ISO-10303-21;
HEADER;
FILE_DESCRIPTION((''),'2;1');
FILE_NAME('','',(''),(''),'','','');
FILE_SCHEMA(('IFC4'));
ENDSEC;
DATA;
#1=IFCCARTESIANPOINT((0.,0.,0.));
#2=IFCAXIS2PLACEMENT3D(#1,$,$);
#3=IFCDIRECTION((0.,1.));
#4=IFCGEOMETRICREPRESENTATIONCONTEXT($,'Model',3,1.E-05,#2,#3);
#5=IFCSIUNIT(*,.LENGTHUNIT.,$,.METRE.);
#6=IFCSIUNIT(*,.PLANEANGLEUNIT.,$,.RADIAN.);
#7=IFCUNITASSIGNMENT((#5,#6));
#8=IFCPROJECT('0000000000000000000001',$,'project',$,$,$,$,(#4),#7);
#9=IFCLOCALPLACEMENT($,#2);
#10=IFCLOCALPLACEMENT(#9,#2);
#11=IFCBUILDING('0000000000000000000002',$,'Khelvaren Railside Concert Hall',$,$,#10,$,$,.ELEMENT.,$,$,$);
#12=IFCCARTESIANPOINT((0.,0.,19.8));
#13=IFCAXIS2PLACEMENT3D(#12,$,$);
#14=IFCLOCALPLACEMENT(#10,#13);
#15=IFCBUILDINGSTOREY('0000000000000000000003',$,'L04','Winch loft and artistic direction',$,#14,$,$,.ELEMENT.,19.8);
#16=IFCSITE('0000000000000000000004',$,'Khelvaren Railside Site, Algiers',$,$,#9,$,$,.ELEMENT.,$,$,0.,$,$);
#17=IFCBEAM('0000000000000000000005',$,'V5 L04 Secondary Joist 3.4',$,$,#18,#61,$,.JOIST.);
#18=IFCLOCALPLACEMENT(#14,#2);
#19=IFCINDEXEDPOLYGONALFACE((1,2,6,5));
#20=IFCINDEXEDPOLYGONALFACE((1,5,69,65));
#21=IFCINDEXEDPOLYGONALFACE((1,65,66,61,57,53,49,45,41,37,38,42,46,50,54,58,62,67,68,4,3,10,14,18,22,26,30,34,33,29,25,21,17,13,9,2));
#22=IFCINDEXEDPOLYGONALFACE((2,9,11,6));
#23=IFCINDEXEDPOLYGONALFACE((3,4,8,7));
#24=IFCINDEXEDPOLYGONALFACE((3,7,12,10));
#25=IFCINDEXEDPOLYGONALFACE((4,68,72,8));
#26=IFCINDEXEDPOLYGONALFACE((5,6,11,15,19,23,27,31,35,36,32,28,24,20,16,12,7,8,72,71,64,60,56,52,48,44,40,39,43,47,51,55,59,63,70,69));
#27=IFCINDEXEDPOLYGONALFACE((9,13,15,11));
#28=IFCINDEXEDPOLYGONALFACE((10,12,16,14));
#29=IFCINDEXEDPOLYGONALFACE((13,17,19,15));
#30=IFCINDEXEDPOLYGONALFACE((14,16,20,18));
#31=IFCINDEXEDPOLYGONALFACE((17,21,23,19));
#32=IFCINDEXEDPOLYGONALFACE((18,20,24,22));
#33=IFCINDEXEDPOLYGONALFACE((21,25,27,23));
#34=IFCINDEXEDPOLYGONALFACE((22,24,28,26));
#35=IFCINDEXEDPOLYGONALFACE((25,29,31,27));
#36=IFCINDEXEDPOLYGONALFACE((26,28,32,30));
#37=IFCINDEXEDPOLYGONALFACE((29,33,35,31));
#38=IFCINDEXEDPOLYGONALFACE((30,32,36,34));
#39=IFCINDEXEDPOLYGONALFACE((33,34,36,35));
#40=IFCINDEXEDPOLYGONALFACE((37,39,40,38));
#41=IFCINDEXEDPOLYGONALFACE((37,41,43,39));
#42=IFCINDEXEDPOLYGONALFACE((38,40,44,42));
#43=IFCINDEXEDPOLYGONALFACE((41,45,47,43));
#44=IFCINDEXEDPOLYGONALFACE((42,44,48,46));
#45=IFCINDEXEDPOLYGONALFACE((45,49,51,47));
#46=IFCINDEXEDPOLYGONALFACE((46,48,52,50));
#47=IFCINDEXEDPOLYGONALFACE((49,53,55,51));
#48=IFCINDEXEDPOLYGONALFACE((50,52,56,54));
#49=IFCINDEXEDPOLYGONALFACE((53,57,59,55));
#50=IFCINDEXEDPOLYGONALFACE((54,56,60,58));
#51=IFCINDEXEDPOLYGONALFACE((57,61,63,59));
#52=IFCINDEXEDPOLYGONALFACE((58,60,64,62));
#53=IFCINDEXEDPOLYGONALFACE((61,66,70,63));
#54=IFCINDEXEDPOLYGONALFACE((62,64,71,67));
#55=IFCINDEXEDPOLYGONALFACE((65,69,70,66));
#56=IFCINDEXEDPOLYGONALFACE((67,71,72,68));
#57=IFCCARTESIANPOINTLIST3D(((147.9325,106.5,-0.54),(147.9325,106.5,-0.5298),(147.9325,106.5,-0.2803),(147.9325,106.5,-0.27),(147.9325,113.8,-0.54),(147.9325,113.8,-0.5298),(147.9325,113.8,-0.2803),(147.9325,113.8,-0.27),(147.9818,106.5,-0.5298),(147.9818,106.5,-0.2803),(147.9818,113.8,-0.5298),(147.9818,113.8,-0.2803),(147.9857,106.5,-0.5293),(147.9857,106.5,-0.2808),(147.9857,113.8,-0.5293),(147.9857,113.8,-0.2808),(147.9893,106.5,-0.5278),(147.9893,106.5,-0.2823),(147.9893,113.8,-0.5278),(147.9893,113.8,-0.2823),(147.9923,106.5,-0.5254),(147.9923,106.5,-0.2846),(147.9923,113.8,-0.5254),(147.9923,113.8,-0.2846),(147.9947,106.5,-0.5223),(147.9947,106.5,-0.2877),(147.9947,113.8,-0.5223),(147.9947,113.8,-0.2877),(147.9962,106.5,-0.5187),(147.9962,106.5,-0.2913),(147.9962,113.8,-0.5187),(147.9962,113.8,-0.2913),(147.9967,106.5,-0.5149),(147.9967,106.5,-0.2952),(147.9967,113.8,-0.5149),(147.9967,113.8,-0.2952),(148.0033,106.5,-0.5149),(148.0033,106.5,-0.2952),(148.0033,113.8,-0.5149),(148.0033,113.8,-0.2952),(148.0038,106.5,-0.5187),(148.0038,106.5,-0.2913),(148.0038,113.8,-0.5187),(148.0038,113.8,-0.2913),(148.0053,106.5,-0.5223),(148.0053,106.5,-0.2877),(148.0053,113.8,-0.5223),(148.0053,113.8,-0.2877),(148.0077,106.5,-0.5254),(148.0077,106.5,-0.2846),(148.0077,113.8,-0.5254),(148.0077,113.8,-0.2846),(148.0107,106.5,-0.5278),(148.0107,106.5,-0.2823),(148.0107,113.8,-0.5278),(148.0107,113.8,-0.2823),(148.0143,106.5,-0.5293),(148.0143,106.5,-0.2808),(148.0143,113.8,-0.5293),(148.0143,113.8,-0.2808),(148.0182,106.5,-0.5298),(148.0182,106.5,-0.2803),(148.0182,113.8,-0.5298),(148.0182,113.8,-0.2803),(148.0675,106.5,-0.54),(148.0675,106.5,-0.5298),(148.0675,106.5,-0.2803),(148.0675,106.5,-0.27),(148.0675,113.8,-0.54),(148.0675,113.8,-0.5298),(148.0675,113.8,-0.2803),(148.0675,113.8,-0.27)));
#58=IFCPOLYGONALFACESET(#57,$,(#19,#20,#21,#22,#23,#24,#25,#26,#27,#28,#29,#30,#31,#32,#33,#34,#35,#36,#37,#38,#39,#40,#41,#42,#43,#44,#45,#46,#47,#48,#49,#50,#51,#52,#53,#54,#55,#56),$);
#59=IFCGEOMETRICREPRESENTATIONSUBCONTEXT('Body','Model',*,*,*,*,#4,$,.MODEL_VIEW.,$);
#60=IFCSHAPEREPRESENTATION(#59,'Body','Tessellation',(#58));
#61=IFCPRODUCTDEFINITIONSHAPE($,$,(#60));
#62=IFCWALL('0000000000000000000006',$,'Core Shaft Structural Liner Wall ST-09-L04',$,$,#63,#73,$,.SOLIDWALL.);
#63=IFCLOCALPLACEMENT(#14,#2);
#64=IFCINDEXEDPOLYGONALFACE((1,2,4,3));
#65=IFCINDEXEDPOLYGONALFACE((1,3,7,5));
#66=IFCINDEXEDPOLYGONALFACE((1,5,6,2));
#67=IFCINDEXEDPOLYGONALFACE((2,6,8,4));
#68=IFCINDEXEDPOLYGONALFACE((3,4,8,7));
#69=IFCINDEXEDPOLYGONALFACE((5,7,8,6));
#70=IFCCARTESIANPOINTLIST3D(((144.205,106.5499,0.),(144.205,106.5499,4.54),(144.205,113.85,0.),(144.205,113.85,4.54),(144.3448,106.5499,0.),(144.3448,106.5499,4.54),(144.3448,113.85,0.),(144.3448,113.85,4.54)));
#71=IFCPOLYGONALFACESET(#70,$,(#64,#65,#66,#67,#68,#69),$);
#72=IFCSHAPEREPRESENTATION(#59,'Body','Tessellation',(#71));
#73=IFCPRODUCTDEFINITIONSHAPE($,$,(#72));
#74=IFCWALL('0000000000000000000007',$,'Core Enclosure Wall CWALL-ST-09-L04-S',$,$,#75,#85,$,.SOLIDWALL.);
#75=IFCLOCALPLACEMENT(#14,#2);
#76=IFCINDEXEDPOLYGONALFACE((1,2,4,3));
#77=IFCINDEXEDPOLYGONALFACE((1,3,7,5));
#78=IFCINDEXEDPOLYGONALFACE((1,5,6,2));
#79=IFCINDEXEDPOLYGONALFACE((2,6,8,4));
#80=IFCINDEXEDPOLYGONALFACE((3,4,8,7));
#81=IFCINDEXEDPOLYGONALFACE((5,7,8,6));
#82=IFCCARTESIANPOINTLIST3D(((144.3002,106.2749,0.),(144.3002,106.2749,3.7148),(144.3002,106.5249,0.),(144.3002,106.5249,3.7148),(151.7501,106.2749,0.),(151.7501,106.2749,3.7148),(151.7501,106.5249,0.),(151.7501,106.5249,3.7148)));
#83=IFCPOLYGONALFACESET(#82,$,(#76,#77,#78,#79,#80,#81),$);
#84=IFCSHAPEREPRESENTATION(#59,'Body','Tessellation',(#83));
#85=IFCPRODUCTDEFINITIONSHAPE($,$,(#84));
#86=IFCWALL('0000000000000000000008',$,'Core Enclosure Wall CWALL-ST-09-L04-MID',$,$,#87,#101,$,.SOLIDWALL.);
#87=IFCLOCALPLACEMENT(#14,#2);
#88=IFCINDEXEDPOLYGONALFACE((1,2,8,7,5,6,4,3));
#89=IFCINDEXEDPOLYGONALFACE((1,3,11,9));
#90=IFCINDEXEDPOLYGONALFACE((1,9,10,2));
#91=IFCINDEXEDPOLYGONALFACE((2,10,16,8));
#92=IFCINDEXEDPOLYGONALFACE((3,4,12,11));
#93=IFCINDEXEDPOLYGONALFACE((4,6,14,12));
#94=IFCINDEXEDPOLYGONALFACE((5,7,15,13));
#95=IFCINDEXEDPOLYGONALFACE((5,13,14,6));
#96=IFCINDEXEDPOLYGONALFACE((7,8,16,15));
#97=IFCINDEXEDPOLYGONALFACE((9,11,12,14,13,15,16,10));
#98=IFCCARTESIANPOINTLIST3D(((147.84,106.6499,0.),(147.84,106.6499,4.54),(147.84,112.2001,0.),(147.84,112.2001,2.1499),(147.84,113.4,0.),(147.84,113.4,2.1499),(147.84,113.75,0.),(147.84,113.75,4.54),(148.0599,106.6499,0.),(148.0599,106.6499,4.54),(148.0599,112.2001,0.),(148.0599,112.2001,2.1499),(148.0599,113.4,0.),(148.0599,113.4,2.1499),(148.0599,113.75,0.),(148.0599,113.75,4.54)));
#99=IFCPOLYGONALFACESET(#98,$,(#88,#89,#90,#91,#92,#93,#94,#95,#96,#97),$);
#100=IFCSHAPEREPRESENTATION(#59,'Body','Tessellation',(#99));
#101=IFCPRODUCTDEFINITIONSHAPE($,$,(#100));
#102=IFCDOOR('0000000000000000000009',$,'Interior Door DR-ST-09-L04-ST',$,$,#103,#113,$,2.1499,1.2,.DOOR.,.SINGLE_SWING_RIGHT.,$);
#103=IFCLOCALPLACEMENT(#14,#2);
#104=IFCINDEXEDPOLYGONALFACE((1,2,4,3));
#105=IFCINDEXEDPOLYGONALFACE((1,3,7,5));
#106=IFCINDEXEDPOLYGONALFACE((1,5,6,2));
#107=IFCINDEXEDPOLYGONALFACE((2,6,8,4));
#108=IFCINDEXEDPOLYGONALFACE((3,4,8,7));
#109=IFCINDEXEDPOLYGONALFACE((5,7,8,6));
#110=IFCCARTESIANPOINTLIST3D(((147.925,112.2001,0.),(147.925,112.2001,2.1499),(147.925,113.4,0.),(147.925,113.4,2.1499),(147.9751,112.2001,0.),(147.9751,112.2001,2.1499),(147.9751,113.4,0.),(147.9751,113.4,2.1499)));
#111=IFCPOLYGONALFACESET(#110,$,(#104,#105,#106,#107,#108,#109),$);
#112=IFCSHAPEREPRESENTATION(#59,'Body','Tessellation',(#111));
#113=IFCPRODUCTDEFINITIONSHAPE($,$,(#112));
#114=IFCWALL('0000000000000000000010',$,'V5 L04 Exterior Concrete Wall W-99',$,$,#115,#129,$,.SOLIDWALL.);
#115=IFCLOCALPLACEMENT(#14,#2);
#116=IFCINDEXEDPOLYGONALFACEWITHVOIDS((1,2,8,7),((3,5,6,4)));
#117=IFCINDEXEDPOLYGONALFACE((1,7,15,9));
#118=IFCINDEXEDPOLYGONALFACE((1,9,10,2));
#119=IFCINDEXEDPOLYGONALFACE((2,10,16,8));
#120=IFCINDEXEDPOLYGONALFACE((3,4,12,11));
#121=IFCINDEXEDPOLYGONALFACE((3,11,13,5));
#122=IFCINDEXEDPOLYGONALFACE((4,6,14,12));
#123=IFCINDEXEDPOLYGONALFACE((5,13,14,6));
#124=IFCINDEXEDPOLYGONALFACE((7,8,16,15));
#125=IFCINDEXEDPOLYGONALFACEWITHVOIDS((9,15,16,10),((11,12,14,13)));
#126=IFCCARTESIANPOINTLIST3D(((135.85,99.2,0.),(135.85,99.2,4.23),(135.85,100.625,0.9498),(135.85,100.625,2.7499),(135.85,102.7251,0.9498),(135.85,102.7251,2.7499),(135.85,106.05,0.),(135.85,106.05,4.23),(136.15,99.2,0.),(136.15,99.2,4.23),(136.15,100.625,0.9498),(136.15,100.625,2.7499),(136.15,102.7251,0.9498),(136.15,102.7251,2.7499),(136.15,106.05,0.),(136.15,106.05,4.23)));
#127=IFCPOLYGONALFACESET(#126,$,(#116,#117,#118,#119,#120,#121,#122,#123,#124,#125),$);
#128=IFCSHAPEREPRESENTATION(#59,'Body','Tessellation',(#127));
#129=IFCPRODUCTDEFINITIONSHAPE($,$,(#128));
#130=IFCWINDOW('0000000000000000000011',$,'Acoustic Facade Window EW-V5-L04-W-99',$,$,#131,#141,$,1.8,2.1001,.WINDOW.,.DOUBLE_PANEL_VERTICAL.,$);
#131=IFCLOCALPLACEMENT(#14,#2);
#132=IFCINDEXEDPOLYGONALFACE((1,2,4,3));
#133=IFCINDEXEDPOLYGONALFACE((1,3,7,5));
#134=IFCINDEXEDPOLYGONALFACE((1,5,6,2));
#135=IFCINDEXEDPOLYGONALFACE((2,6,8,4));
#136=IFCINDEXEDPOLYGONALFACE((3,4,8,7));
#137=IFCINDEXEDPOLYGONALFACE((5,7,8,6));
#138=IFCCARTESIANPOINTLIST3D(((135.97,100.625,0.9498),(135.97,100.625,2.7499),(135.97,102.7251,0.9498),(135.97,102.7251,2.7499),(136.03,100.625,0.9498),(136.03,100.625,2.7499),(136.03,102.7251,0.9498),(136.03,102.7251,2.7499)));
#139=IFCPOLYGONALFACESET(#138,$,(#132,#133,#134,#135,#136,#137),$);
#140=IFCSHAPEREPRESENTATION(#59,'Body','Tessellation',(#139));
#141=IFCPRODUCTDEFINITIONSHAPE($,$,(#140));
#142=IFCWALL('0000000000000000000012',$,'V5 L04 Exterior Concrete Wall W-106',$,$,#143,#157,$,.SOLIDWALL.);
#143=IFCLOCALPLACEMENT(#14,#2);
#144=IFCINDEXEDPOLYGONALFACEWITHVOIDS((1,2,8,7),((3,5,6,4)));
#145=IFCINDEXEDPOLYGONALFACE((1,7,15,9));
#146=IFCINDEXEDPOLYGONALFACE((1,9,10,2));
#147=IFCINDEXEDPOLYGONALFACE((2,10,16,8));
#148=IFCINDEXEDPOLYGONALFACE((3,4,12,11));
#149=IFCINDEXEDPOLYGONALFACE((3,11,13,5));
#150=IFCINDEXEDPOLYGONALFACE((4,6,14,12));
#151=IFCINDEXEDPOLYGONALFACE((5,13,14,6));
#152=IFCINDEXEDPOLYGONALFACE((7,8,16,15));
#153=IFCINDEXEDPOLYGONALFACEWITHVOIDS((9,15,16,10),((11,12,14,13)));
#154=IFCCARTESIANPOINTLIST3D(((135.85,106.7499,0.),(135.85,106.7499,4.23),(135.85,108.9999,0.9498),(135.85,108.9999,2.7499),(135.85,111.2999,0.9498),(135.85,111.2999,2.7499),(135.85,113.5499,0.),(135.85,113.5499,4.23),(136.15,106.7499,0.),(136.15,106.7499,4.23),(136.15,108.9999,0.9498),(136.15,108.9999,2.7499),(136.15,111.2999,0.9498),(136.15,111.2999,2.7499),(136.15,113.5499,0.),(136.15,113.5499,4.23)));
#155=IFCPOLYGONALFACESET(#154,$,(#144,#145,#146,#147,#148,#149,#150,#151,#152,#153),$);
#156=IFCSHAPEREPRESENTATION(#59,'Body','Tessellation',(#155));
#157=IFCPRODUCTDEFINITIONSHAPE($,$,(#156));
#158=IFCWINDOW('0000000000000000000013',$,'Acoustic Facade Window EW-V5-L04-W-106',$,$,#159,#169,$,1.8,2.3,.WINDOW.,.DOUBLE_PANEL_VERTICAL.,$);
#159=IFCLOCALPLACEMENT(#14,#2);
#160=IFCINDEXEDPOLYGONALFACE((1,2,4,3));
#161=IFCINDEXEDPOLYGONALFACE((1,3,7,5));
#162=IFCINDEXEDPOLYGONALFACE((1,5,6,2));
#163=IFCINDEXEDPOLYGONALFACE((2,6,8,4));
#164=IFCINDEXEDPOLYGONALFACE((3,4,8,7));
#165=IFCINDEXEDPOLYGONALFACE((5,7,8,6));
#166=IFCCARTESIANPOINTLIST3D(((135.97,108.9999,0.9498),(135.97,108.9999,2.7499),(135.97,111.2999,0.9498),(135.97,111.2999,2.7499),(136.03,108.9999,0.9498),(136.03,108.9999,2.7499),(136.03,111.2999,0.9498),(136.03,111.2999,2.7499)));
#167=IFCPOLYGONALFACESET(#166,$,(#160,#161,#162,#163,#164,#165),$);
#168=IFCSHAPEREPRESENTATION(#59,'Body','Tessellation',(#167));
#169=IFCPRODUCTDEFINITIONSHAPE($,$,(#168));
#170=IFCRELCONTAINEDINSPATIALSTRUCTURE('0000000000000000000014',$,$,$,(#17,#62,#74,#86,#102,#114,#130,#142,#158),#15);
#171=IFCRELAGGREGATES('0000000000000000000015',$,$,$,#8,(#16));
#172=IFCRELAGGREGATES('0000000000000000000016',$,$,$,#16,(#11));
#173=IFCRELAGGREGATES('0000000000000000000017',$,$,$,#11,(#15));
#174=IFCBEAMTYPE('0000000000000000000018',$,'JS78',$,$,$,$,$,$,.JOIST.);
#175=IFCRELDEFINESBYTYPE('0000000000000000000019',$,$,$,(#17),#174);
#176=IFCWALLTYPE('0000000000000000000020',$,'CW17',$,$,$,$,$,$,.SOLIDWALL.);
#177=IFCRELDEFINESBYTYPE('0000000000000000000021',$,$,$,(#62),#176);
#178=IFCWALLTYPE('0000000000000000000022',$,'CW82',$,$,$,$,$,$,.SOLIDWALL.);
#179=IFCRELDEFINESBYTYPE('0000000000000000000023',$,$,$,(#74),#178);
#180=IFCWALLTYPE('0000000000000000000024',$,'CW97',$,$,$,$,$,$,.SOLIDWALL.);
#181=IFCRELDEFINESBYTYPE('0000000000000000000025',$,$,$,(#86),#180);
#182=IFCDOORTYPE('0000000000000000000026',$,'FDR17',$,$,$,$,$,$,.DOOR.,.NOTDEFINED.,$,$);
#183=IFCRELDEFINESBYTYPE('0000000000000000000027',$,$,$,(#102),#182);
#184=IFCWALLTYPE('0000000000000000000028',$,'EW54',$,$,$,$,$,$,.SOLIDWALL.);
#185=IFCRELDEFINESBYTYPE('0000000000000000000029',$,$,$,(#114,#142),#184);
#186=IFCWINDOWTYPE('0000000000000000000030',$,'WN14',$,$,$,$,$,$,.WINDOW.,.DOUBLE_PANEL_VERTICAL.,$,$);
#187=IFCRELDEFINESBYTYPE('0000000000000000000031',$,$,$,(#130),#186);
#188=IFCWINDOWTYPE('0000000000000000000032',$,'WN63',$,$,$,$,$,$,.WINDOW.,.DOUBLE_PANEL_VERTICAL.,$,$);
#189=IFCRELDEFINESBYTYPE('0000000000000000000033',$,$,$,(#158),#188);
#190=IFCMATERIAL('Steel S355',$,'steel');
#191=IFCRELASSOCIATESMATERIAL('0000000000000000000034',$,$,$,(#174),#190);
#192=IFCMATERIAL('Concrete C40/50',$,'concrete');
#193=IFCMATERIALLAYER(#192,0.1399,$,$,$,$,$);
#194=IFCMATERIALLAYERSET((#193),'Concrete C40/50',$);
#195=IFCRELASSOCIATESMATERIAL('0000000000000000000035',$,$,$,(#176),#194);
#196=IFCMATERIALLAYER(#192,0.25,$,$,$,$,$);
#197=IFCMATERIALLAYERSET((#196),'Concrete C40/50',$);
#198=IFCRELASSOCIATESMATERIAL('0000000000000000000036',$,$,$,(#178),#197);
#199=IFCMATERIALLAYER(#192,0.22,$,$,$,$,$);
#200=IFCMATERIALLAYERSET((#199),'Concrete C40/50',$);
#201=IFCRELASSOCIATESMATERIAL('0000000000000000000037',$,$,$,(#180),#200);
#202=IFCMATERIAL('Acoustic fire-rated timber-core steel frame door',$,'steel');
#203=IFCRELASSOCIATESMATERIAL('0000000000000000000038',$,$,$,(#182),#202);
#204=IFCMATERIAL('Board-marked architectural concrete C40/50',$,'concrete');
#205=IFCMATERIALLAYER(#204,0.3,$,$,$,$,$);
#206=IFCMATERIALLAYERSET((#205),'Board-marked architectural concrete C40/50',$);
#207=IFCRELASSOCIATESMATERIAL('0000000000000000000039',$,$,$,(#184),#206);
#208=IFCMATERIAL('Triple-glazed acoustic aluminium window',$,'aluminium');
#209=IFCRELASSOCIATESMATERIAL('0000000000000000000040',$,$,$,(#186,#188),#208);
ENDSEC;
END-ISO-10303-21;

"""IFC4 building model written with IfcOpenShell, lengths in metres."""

from ifc_helpers import new_model, si_unit, direction, frame, frame_2d, origin, origin_2d, place, context, subcontext, project, spatial, rectangle, i_section, extrude, material, layer, layer_set, material_profile, profile_set, type_object, element, fill, save


model = new_model("IFC4")

# Units and contexts
model_context = context("Model", 3, precision=1e-05, world=origin(), true_north=direction((0.0, 1.0)))
body_context = subcontext(model_context, "Body", "Model", "MODEL_VIEW")
ifc_project = project(units=[si_unit("LENGTHUNIT", "METRE"), si_unit("PLANEANGLEUNIT", "RADIAN")], contexts=[model_context])

# Site, building, storey
site_placement = place(None, origin())
site = spatial("IfcSite", under=ifc_project, at=site_placement, Name="Khelvaren Railside Site, Algiers", CompositionType="ELEMENT", RefElevation=0.0)
building_placement = place(site_placement, origin())
building = spatial("IfcBuilding", under=site, at=building_placement, Name="Khelvaren Railside Concert Hall", CompositionType="ELEMENT")
storey_placement = place(building_placement, frame((0.0, 0.0, 19.8)))
storey = spatial("IfcBuildingStorey", under=building, at=storey_placement, Name="L04", Description="Winch loft and artistic direction", CompositionType="ELEMENT", Elevation=19.8)

# Beam
ifc_material_1 = material(Name="Concrete C40/50", Category="concrete")
ifc_material_2 = material(Name="Steel S355", Category="steel")
ifc_material_profile_1 = material_profile(ifc_material_2, i_section(OverallWidth=0.135, OverallDepth=0.27, WebThickness=0.0066, FlangeThickness=0.0103, FilletRadius=0.0149, at=origin_2d()), Name="IPE 270")
ifc_profile_set_1 = profile_set([ifc_material_profile_1], Name="Steel S355")
beam_type_1 = type_object("IfcBeamType", Name="JS78", PredefinedType="JOIST", material=ifc_profile_set_1)
beam_1_placement = place(storey_placement, frame((148.0, 106.5, -0.405), z_axis=(0.0, 1.0, 0.0), x_axis=(-1.0, 0.0, 0.0)))
element("IfcBeam", 1, at=beam_1_placement, inside=storey, type_object=beam_type_1, Name="V5 L04 Secondary Joist 3.4", PredefinedType="JOIST", context=body_context, shape_type="SweptSolid", body=[
    extrude(i_section(OverallWidth=0.135, OverallDepth=0.27, WebThickness=0.0066, FlangeThickness=0.0103, FilletRadius=0.0149, at=origin_2d()), origin(), (0.0, 0.0, 1.0), 7.3),
])

# Walls
ifc_layer_1 = layer(ifc_material_1, 0.1399)
ifc_layer_set_1 = layer_set([ifc_layer_1], Name="Concrete C40/50")
wall_type_1 = type_object("IfcWallType", Name="CW17", PredefinedType="SOLIDWALL", material=ifc_layer_set_1)
wall_1_placement = place(storey_placement, frame((144.2749, 106.55, 0.0), z_axis=(0.0, 0.0, 1.0), x_axis=(0.0, 1.0, 0.0)))
element("IfcWall", 2, at=wall_1_placement, inside=storey, type_object=wall_type_1, Name="Core Shaft Structural Liner Wall ST-09-L04", PredefinedType="SOLIDWALL", context=body_context, shape_type="SweptSolid", body=[
    extrude(rectangle(XDim=7.3, YDim=0.1399, at=frame_2d((3.6499, 0.0))), origin(), (0.0, 0.0, 1.0), 4.54),
])
ifc_layer_2 = layer(ifc_material_1, 0.25)
ifc_layer_set_2 = layer_set([ifc_layer_2], Name="Concrete C40/50")
wall_type_2 = type_object("IfcWallType", Name="CW82", PredefinedType="SOLIDWALL", material=ifc_layer_set_2)
wall_2_placement = place(storey_placement, frame((144.3, 106.3999, 0.0), z_axis=(0.0, 0.0, 1.0), x_axis=(1.0, 0.0, 0.0)))
element("IfcWall", 3, at=wall_2_placement, inside=storey, type_object=wall_type_2, Name="Core Enclosure Wall CWALL-ST-09-L04-S", PredefinedType="SOLIDWALL", context=body_context, shape_type="SweptSolid", body=[
    extrude(rectangle(XDim=7.45, YDim=0.25, at=frame_2d((3.7251, 0.0))), origin(), (0.0, 0.0, 1.0), 3.7148),
])

# Wall, opening, door
ifc_layer_3 = layer(ifc_material_1, 0.22)
ifc_layer_set_3 = layer_set([ifc_layer_3], Name="Concrete C40/50")
wall_type_3 = type_object("IfcWallType", Name="CW97", PredefinedType="SOLIDWALL", material=ifc_layer_set_3)
wall_3_placement = place(storey_placement, frame((147.95, 106.6499, 0.0), z_axis=(0.0, 0.0, 1.0), x_axis=(0.0, 1.0, 0.0)))
wall_3 = element("IfcWall", 4, at=wall_3_placement, inside=storey, type_object=wall_type_3, Name="Core Enclosure Wall CWALL-ST-09-L04-MID", PredefinedType="SOLIDWALL", context=body_context, shape_type="SweptSolid", body=[
    extrude(rectangle(XDim=7.1001, YDim=0.22, at=frame_2d((3.55, 0.0))), origin(), (0.0, 0.0, 1.0), 4.54),
])
opening_1_placement = place(wall_3_placement, frame((5.55, 0.0, 0.0)))
opening_1 = element("IfcOpeningElement", 5, at=opening_1_placement, cuts=wall_3, PredefinedType="OPENING", context=body_context, shape_type="SweptSolid", body=[
    extrude(rectangle(XDim=1.2, YDim=2.1499, at=frame_2d((0.6001, 1.075))), frame((0.0, 0.1199, 0.0), z_axis=(0.0, -1.0, 0.0), x_axis=(1.0, 0.0, 0.0)), (0.0, 0.0, 1.0), 0.24),
])
ifc_material_3 = material(Name="Acoustic fire-rated timber-core steel frame door", Category="steel")
door_type_1 = type_object("IfcDoorType", Name="FDR17", OperationType="NOTDEFINED", PredefinedType="DOOR", material=ifc_material_3)
door_1_placement = place(opening_1_placement, origin())
door_1 = element("IfcDoor", 6, at=door_1_placement, inside=storey, type_object=door_type_1, Name="Interior Door DR-ST-09-L04-ST", OperationType="SINGLE_SWING_RIGHT", OverallHeight=2.1499, OverallWidth=1.2, PredefinedType="DOOR", context=body_context, shape_type="SweptSolid", body=[
    extrude(rectangle(XDim=1.2, YDim=2.1499, at=frame_2d((0.6001, 1.075))), frame((0.0, 0.0249, 0.0), z_axis=(0.0, -1.0, 0.0), x_axis=(1.0, 0.0, 0.0)), (0.0, 0.0, 1.0), 0.05),
])
fill(opening_1, door_1)

# Walls, openings, windows
ifc_material_4 = material(Name="Board-marked architectural concrete C40/50", Category="concrete")
ifc_layer_4 = layer(ifc_material_4, 0.3)
ifc_layer_set_4 = layer_set([ifc_layer_4], Name="Board-marked architectural concrete C40/50")
wall_type_4 = type_object("IfcWallType", Name="EW54", PredefinedType="SOLIDWALL", material=ifc_layer_set_4)
wall_4_placement = place(storey_placement, frame((136.0, 99.2, 0.0), z_axis=(0.0, 0.0, 1.0), x_axis=(0.0, 1.0, 0.0)))
wall_4 = element("IfcWall", 7, at=wall_4_placement, inside=storey, type_object=wall_type_4, Name="V5 L04 Exterior Concrete Wall W-99", PredefinedType="SOLIDWALL", context=body_context, shape_type="SweptSolid", body=[
    extrude(rectangle(XDim=6.8501, YDim=0.3, at=frame_2d((3.425, 0.0))), origin(), (0.0, 0.0, 1.0), 4.23),
])
opening_2_placement = place(wall_4_placement, frame((1.425, 0.0, 0.95)))
opening_2 = element("IfcOpeningElement", 8, at=opening_2_placement, cuts=wall_4, PredefinedType="OPENING", context=body_context, shape_type="SweptSolid", body=[
    extrude(rectangle(XDim=2.1001, YDim=1.8, at=frame_2d((1.05, 0.8999))), frame((0.0, 0.1599, 0.0), z_axis=(0.0, -1.0, 0.0), x_axis=(1.0, 0.0, 0.0)), (0.0, 0.0, 1.0), 0.3201),
])
ifc_material_5 = material(Name="Triple-glazed acoustic aluminium window", Category="aluminium")
window_type_1 = type_object("IfcWindowType", Name="WN14", PartitioningType="DOUBLE_PANEL_VERTICAL", PredefinedType="WINDOW", material=ifc_material_5)
window_1_placement = place(opening_2_placement, origin())
window_1 = element("IfcWindow", 9, at=window_1_placement, inside=storey, type_object=window_type_1, Name="Acoustic Facade Window EW-V5-L04-W-99", OverallHeight=1.8, OverallWidth=2.1001, PartitioningType="DOUBLE_PANEL_VERTICAL", PredefinedType="WINDOW", context=body_context, shape_type="SweptSolid", body=[
    extrude(rectangle(XDim=2.1001, YDim=1.8, at=frame_2d((1.05, 0.8999))), frame((0.0, 0.03, 0.0), z_axis=(0.0, -1.0, 0.0), x_axis=(1.0, 0.0, 0.0)), (0.0, 0.0, 1.0), 0.0601),
])
fill(opening_2, window_1)
wall_5_placement = place(storey_placement, frame((136.0, 106.75, 0.0), z_axis=(0.0, 0.0, 1.0), x_axis=(0.0, 1.0, 0.0)))
wall_5 = element("IfcWall", 10, at=wall_5_placement, inside=storey, type_object=wall_type_4, Name="V5 L04 Exterior Concrete Wall W-106", PredefinedType="SOLIDWALL", context=body_context, shape_type="SweptSolid", body=[
    extrude(rectangle(XDim=6.8, YDim=0.3, at=frame_2d((3.3999, 0.0))), origin(), (0.0, 0.0, 1.0), 4.23),
])
opening_3_placement = place(wall_5_placement, frame((2.25, 0.0, 0.95)))
opening_3 = element("IfcOpeningElement", 11, at=opening_3_placement, cuts=wall_5, PredefinedType="OPENING", context=body_context, shape_type="SweptSolid", body=[
    extrude(rectangle(XDim=2.3, YDim=1.8, at=frame_2d((1.1499, 0.8999))), frame((0.0, 0.1599, 0.0), z_axis=(0.0, -1.0, 0.0), x_axis=(1.0, 0.0, 0.0)), (0.0, 0.0, 1.0), 0.3201),
])
window_type_2 = type_object("IfcWindowType", Name="WN63", PartitioningType="DOUBLE_PANEL_VERTICAL", PredefinedType="WINDOW", material=ifc_material_5)
window_2_placement = place(opening_3_placement, origin())
window_2 = element("IfcWindow", 12, at=window_2_placement, inside=storey, type_object=window_type_2, Name="Acoustic Facade Window EW-V5-L04-W-106", OverallHeight=1.8, OverallWidth=2.3, PartitioningType="DOUBLE_PANEL_VERTICAL", PredefinedType="WINDOW", context=body_context, shape_type="SweptSolid", body=[
    extrude(rectangle(XDim=2.3, YDim=1.8, at=frame_2d((1.1499, 0.8999))), frame((0.0, 0.03, 0.0), z_axis=(0.0, -1.0, 0.0), x_axis=(1.0, 0.0, 0.0)), (0.0, 0.0, 1.0), 0.0601),
])
fill(opening_3, window_2)

save(model, "model.ifc")
